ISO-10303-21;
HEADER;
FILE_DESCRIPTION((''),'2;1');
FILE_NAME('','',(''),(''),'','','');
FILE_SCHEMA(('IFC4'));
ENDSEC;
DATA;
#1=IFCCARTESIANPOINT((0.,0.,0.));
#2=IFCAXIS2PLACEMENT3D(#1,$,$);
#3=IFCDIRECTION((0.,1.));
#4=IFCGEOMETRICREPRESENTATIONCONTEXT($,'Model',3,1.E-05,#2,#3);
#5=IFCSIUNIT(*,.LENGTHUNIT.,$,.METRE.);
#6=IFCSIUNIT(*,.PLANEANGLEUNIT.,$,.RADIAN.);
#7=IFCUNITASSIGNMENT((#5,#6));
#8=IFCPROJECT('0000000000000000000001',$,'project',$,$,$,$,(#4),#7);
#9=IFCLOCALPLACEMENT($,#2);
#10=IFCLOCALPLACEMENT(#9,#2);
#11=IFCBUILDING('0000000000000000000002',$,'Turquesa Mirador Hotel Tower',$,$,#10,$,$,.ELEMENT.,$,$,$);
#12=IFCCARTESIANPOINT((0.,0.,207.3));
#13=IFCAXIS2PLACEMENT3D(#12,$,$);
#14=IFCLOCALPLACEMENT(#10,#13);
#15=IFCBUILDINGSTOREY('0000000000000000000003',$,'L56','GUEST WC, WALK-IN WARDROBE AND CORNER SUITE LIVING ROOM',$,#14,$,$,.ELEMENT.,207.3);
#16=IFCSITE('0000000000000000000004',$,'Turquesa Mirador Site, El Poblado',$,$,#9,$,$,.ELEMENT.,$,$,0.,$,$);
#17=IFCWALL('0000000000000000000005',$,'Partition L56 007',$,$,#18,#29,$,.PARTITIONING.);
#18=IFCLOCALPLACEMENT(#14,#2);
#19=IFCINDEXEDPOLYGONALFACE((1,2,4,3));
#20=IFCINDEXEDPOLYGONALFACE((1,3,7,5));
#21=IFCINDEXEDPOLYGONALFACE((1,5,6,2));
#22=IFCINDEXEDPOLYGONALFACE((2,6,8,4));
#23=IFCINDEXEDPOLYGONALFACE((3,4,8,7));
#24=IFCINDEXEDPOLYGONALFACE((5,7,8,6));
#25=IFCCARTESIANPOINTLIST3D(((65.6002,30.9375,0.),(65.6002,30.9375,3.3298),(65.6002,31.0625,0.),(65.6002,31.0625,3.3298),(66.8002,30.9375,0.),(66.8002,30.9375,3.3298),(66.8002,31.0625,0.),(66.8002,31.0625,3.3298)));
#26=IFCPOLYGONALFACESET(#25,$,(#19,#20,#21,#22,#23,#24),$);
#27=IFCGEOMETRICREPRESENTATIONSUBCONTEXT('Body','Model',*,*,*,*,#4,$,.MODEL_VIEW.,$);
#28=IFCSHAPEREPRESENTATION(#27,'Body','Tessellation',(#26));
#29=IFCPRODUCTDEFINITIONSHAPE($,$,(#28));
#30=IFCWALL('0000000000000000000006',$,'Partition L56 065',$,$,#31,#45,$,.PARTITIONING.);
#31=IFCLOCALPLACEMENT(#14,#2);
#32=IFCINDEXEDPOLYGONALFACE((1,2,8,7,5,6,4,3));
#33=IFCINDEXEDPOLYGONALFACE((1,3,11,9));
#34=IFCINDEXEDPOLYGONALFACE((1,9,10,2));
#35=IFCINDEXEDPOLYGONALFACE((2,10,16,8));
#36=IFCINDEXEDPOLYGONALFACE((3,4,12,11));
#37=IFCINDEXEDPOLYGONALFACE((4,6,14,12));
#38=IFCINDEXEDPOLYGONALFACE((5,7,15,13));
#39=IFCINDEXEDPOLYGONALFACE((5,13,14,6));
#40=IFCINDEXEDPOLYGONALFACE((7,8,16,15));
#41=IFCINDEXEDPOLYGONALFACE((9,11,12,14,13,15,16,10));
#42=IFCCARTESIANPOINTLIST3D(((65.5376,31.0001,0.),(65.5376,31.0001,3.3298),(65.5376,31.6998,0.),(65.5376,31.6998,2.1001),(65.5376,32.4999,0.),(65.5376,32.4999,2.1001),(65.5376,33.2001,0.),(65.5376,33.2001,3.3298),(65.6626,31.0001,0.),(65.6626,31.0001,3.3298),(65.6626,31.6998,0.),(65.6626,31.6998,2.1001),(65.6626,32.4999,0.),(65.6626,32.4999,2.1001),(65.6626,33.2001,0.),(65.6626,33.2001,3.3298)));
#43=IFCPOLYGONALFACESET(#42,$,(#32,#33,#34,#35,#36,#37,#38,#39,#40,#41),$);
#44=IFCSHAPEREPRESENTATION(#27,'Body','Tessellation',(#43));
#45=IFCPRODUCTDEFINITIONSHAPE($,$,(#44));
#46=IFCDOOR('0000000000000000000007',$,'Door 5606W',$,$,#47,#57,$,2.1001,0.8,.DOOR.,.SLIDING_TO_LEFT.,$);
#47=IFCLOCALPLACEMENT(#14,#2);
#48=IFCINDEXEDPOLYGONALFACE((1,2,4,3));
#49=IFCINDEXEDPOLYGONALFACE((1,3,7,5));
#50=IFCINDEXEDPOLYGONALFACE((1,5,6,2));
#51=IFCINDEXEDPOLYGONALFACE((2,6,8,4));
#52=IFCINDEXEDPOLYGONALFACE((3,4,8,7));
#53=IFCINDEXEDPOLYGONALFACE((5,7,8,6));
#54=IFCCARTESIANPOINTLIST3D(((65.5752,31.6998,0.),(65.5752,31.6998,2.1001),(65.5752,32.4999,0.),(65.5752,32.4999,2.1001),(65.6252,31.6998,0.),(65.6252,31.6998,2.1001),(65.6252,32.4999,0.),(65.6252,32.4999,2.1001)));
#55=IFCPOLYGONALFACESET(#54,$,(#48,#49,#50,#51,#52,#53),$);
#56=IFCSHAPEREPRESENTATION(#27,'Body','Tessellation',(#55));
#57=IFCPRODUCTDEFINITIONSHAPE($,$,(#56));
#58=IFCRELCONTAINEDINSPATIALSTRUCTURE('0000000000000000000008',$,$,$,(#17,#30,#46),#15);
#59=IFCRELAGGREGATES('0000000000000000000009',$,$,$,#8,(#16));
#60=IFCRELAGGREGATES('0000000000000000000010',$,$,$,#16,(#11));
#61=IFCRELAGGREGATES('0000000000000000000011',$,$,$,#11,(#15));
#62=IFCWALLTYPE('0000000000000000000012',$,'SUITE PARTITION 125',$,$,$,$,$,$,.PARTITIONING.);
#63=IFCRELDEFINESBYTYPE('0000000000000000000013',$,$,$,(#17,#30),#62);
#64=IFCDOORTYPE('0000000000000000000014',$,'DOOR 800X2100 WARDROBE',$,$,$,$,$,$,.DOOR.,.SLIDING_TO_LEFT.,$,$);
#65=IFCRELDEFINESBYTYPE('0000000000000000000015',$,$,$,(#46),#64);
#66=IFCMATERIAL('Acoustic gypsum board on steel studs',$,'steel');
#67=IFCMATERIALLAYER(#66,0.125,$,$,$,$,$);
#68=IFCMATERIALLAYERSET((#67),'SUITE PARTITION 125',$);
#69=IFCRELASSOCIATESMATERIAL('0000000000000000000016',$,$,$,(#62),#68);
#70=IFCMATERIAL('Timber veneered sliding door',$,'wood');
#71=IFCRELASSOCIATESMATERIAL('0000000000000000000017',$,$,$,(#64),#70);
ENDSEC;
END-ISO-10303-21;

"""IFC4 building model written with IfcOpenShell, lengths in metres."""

from ifc_helpers import new_model, si_unit, direction, frame, frame_2d, origin, place, context, subcontext, project, spatial, rectangle, extrude, material, layer, layer_set, type_object, element, fill, save


model = new_model("IFC4")

# Units and contexts
model_context = context("Model", 3, precision=1e-05, world=origin(), true_north=direction((0.0, 1.0)))
body_context = subcontext(model_context, "Body", "Model", "MODEL_VIEW")
ifc_project = project(units=[si_unit("LENGTHUNIT", "METRE"), si_unit("PLANEANGLEUNIT", "RADIAN")], contexts=[model_context])

# Site, building, storey
site_placement = place(None, origin())
site = spatial("IfcSite", under=ifc_project, at=site_placement, Name="Turquesa Mirador Site, El Poblado", CompositionType="ELEMENT", RefElevation=0.0)
building_placement = place(site_placement, origin())
building = spatial("IfcBuilding", under=site, at=building_placement, Name="Turquesa Mirador Hotel Tower", CompositionType="ELEMENT")
storey_placement = place(building_placement, frame((0.0, 0.0, 207.3)))
storey = spatial("IfcBuildingStorey", under=building, at=storey_placement, Name="L56", Description="GUEST WC, WALK-IN WARDROBE AND CORNER SUITE LIVING ROOM", CompositionType="ELEMENT", Elevation=207.3)

# Wall
ifc_material_1 = material(Name="Acoustic gypsum board on steel studs", Category="steel")
ifc_layer_1 = layer(ifc_material_1, 0.125)
ifc_layer_set_1 = layer_set([ifc_layer_1], Name="SUITE PARTITION 125")
wall_type_1 = type_object("IfcWallType", Name="SUITE PARTITION 125", PredefinedType="PARTITIONING", material=ifc_layer_set_1)
wall_1_placement = place(storey_placement, frame((65.6001, 31.0, 0.0), z_axis=(0.0, 0.0, 1.0), x_axis=(1.0, 0.0, 0.0)))
element("IfcWall", 1, at=wall_1_placement, inside=storey, type_object=wall_type_1, Name="Partition L56 007", PredefinedType="PARTITIONING", context=body_context, shape_type="SweptSolid", body=[
    extrude(rectangle(XDim=1.2, YDim=0.125, at=frame_2d((0.6001, 0.0))), origin(), (0.0, 0.0, 1.0), 3.3298),
])

# Wall, opening, door
wall_2_placement = place(storey_placement, frame((65.6001, 31.0, 0.0), z_axis=(0.0, 0.0, 1.0), x_axis=(0.0, 1.0, 0.0)))
wall_2 = element("IfcWall", 2, at=wall_2_placement, inside=storey, type_object=wall_type_1, Name="Partition L56 065", PredefinedType="PARTITIONING", context=body_context, shape_type="SweptSolid", body=[
    extrude(rectangle(XDim=2.2, YDim=0.125, at=frame_2d((1.1001, 0.0))), origin(), (0.0, 0.0, 1.0), 3.3298),
])
opening_1_placement = place(wall_2_placement, frame((0.7, 0.0, 0.0)))
opening_1 = element("IfcOpeningElement", 3, at=opening_1_placement, cuts=wall_2, PredefinedType="OPENING", context=body_context, shape_type="SweptSolid", body=[
    extrude(rectangle(XDim=0.8, YDim=2.1001, at=frame_2d((0.3999, 1.05))), frame((0.0, 0.0725, 0.0), z_axis=(0.0, -1.0, 0.0), x_axis=(1.0, 0.0, 0.0)), (0.0, 0.0, 1.0), 0.145),
])
ifc_material_2 = material(Name="Timber veneered sliding door", Category="wood")
door_type_1 = type_object("IfcDoorType", Name="DOOR 800X2100 WARDROBE", OperationType="SLIDING_TO_LEFT", PredefinedType="DOOR", material=ifc_material_2)
door_1_placement = place(opening_1_placement, origin())
door_1 = element("IfcDoor", 4, at=door_1_placement, inside=storey, type_object=door_type_1, Name="Door 5606W", OperationType="SLIDING_TO_LEFT", OverallHeight=2.1001, OverallWidth=0.8, PredefinedType="DOOR", context=body_context, shape_type="SweptSolid", body=[
    extrude(rectangle(XDim=0.8, YDim=2.1001, at=frame_2d((0.3999, 1.05))), frame((0.0, 0.0249, 0.0), z_axis=(0.0, -1.0, 0.0), x_axis=(1.0, 0.0, 0.0)), (0.0, 0.0, 1.0), 0.05),
])
fill(opening_1, door_1)

save(model, "model.ifc")
